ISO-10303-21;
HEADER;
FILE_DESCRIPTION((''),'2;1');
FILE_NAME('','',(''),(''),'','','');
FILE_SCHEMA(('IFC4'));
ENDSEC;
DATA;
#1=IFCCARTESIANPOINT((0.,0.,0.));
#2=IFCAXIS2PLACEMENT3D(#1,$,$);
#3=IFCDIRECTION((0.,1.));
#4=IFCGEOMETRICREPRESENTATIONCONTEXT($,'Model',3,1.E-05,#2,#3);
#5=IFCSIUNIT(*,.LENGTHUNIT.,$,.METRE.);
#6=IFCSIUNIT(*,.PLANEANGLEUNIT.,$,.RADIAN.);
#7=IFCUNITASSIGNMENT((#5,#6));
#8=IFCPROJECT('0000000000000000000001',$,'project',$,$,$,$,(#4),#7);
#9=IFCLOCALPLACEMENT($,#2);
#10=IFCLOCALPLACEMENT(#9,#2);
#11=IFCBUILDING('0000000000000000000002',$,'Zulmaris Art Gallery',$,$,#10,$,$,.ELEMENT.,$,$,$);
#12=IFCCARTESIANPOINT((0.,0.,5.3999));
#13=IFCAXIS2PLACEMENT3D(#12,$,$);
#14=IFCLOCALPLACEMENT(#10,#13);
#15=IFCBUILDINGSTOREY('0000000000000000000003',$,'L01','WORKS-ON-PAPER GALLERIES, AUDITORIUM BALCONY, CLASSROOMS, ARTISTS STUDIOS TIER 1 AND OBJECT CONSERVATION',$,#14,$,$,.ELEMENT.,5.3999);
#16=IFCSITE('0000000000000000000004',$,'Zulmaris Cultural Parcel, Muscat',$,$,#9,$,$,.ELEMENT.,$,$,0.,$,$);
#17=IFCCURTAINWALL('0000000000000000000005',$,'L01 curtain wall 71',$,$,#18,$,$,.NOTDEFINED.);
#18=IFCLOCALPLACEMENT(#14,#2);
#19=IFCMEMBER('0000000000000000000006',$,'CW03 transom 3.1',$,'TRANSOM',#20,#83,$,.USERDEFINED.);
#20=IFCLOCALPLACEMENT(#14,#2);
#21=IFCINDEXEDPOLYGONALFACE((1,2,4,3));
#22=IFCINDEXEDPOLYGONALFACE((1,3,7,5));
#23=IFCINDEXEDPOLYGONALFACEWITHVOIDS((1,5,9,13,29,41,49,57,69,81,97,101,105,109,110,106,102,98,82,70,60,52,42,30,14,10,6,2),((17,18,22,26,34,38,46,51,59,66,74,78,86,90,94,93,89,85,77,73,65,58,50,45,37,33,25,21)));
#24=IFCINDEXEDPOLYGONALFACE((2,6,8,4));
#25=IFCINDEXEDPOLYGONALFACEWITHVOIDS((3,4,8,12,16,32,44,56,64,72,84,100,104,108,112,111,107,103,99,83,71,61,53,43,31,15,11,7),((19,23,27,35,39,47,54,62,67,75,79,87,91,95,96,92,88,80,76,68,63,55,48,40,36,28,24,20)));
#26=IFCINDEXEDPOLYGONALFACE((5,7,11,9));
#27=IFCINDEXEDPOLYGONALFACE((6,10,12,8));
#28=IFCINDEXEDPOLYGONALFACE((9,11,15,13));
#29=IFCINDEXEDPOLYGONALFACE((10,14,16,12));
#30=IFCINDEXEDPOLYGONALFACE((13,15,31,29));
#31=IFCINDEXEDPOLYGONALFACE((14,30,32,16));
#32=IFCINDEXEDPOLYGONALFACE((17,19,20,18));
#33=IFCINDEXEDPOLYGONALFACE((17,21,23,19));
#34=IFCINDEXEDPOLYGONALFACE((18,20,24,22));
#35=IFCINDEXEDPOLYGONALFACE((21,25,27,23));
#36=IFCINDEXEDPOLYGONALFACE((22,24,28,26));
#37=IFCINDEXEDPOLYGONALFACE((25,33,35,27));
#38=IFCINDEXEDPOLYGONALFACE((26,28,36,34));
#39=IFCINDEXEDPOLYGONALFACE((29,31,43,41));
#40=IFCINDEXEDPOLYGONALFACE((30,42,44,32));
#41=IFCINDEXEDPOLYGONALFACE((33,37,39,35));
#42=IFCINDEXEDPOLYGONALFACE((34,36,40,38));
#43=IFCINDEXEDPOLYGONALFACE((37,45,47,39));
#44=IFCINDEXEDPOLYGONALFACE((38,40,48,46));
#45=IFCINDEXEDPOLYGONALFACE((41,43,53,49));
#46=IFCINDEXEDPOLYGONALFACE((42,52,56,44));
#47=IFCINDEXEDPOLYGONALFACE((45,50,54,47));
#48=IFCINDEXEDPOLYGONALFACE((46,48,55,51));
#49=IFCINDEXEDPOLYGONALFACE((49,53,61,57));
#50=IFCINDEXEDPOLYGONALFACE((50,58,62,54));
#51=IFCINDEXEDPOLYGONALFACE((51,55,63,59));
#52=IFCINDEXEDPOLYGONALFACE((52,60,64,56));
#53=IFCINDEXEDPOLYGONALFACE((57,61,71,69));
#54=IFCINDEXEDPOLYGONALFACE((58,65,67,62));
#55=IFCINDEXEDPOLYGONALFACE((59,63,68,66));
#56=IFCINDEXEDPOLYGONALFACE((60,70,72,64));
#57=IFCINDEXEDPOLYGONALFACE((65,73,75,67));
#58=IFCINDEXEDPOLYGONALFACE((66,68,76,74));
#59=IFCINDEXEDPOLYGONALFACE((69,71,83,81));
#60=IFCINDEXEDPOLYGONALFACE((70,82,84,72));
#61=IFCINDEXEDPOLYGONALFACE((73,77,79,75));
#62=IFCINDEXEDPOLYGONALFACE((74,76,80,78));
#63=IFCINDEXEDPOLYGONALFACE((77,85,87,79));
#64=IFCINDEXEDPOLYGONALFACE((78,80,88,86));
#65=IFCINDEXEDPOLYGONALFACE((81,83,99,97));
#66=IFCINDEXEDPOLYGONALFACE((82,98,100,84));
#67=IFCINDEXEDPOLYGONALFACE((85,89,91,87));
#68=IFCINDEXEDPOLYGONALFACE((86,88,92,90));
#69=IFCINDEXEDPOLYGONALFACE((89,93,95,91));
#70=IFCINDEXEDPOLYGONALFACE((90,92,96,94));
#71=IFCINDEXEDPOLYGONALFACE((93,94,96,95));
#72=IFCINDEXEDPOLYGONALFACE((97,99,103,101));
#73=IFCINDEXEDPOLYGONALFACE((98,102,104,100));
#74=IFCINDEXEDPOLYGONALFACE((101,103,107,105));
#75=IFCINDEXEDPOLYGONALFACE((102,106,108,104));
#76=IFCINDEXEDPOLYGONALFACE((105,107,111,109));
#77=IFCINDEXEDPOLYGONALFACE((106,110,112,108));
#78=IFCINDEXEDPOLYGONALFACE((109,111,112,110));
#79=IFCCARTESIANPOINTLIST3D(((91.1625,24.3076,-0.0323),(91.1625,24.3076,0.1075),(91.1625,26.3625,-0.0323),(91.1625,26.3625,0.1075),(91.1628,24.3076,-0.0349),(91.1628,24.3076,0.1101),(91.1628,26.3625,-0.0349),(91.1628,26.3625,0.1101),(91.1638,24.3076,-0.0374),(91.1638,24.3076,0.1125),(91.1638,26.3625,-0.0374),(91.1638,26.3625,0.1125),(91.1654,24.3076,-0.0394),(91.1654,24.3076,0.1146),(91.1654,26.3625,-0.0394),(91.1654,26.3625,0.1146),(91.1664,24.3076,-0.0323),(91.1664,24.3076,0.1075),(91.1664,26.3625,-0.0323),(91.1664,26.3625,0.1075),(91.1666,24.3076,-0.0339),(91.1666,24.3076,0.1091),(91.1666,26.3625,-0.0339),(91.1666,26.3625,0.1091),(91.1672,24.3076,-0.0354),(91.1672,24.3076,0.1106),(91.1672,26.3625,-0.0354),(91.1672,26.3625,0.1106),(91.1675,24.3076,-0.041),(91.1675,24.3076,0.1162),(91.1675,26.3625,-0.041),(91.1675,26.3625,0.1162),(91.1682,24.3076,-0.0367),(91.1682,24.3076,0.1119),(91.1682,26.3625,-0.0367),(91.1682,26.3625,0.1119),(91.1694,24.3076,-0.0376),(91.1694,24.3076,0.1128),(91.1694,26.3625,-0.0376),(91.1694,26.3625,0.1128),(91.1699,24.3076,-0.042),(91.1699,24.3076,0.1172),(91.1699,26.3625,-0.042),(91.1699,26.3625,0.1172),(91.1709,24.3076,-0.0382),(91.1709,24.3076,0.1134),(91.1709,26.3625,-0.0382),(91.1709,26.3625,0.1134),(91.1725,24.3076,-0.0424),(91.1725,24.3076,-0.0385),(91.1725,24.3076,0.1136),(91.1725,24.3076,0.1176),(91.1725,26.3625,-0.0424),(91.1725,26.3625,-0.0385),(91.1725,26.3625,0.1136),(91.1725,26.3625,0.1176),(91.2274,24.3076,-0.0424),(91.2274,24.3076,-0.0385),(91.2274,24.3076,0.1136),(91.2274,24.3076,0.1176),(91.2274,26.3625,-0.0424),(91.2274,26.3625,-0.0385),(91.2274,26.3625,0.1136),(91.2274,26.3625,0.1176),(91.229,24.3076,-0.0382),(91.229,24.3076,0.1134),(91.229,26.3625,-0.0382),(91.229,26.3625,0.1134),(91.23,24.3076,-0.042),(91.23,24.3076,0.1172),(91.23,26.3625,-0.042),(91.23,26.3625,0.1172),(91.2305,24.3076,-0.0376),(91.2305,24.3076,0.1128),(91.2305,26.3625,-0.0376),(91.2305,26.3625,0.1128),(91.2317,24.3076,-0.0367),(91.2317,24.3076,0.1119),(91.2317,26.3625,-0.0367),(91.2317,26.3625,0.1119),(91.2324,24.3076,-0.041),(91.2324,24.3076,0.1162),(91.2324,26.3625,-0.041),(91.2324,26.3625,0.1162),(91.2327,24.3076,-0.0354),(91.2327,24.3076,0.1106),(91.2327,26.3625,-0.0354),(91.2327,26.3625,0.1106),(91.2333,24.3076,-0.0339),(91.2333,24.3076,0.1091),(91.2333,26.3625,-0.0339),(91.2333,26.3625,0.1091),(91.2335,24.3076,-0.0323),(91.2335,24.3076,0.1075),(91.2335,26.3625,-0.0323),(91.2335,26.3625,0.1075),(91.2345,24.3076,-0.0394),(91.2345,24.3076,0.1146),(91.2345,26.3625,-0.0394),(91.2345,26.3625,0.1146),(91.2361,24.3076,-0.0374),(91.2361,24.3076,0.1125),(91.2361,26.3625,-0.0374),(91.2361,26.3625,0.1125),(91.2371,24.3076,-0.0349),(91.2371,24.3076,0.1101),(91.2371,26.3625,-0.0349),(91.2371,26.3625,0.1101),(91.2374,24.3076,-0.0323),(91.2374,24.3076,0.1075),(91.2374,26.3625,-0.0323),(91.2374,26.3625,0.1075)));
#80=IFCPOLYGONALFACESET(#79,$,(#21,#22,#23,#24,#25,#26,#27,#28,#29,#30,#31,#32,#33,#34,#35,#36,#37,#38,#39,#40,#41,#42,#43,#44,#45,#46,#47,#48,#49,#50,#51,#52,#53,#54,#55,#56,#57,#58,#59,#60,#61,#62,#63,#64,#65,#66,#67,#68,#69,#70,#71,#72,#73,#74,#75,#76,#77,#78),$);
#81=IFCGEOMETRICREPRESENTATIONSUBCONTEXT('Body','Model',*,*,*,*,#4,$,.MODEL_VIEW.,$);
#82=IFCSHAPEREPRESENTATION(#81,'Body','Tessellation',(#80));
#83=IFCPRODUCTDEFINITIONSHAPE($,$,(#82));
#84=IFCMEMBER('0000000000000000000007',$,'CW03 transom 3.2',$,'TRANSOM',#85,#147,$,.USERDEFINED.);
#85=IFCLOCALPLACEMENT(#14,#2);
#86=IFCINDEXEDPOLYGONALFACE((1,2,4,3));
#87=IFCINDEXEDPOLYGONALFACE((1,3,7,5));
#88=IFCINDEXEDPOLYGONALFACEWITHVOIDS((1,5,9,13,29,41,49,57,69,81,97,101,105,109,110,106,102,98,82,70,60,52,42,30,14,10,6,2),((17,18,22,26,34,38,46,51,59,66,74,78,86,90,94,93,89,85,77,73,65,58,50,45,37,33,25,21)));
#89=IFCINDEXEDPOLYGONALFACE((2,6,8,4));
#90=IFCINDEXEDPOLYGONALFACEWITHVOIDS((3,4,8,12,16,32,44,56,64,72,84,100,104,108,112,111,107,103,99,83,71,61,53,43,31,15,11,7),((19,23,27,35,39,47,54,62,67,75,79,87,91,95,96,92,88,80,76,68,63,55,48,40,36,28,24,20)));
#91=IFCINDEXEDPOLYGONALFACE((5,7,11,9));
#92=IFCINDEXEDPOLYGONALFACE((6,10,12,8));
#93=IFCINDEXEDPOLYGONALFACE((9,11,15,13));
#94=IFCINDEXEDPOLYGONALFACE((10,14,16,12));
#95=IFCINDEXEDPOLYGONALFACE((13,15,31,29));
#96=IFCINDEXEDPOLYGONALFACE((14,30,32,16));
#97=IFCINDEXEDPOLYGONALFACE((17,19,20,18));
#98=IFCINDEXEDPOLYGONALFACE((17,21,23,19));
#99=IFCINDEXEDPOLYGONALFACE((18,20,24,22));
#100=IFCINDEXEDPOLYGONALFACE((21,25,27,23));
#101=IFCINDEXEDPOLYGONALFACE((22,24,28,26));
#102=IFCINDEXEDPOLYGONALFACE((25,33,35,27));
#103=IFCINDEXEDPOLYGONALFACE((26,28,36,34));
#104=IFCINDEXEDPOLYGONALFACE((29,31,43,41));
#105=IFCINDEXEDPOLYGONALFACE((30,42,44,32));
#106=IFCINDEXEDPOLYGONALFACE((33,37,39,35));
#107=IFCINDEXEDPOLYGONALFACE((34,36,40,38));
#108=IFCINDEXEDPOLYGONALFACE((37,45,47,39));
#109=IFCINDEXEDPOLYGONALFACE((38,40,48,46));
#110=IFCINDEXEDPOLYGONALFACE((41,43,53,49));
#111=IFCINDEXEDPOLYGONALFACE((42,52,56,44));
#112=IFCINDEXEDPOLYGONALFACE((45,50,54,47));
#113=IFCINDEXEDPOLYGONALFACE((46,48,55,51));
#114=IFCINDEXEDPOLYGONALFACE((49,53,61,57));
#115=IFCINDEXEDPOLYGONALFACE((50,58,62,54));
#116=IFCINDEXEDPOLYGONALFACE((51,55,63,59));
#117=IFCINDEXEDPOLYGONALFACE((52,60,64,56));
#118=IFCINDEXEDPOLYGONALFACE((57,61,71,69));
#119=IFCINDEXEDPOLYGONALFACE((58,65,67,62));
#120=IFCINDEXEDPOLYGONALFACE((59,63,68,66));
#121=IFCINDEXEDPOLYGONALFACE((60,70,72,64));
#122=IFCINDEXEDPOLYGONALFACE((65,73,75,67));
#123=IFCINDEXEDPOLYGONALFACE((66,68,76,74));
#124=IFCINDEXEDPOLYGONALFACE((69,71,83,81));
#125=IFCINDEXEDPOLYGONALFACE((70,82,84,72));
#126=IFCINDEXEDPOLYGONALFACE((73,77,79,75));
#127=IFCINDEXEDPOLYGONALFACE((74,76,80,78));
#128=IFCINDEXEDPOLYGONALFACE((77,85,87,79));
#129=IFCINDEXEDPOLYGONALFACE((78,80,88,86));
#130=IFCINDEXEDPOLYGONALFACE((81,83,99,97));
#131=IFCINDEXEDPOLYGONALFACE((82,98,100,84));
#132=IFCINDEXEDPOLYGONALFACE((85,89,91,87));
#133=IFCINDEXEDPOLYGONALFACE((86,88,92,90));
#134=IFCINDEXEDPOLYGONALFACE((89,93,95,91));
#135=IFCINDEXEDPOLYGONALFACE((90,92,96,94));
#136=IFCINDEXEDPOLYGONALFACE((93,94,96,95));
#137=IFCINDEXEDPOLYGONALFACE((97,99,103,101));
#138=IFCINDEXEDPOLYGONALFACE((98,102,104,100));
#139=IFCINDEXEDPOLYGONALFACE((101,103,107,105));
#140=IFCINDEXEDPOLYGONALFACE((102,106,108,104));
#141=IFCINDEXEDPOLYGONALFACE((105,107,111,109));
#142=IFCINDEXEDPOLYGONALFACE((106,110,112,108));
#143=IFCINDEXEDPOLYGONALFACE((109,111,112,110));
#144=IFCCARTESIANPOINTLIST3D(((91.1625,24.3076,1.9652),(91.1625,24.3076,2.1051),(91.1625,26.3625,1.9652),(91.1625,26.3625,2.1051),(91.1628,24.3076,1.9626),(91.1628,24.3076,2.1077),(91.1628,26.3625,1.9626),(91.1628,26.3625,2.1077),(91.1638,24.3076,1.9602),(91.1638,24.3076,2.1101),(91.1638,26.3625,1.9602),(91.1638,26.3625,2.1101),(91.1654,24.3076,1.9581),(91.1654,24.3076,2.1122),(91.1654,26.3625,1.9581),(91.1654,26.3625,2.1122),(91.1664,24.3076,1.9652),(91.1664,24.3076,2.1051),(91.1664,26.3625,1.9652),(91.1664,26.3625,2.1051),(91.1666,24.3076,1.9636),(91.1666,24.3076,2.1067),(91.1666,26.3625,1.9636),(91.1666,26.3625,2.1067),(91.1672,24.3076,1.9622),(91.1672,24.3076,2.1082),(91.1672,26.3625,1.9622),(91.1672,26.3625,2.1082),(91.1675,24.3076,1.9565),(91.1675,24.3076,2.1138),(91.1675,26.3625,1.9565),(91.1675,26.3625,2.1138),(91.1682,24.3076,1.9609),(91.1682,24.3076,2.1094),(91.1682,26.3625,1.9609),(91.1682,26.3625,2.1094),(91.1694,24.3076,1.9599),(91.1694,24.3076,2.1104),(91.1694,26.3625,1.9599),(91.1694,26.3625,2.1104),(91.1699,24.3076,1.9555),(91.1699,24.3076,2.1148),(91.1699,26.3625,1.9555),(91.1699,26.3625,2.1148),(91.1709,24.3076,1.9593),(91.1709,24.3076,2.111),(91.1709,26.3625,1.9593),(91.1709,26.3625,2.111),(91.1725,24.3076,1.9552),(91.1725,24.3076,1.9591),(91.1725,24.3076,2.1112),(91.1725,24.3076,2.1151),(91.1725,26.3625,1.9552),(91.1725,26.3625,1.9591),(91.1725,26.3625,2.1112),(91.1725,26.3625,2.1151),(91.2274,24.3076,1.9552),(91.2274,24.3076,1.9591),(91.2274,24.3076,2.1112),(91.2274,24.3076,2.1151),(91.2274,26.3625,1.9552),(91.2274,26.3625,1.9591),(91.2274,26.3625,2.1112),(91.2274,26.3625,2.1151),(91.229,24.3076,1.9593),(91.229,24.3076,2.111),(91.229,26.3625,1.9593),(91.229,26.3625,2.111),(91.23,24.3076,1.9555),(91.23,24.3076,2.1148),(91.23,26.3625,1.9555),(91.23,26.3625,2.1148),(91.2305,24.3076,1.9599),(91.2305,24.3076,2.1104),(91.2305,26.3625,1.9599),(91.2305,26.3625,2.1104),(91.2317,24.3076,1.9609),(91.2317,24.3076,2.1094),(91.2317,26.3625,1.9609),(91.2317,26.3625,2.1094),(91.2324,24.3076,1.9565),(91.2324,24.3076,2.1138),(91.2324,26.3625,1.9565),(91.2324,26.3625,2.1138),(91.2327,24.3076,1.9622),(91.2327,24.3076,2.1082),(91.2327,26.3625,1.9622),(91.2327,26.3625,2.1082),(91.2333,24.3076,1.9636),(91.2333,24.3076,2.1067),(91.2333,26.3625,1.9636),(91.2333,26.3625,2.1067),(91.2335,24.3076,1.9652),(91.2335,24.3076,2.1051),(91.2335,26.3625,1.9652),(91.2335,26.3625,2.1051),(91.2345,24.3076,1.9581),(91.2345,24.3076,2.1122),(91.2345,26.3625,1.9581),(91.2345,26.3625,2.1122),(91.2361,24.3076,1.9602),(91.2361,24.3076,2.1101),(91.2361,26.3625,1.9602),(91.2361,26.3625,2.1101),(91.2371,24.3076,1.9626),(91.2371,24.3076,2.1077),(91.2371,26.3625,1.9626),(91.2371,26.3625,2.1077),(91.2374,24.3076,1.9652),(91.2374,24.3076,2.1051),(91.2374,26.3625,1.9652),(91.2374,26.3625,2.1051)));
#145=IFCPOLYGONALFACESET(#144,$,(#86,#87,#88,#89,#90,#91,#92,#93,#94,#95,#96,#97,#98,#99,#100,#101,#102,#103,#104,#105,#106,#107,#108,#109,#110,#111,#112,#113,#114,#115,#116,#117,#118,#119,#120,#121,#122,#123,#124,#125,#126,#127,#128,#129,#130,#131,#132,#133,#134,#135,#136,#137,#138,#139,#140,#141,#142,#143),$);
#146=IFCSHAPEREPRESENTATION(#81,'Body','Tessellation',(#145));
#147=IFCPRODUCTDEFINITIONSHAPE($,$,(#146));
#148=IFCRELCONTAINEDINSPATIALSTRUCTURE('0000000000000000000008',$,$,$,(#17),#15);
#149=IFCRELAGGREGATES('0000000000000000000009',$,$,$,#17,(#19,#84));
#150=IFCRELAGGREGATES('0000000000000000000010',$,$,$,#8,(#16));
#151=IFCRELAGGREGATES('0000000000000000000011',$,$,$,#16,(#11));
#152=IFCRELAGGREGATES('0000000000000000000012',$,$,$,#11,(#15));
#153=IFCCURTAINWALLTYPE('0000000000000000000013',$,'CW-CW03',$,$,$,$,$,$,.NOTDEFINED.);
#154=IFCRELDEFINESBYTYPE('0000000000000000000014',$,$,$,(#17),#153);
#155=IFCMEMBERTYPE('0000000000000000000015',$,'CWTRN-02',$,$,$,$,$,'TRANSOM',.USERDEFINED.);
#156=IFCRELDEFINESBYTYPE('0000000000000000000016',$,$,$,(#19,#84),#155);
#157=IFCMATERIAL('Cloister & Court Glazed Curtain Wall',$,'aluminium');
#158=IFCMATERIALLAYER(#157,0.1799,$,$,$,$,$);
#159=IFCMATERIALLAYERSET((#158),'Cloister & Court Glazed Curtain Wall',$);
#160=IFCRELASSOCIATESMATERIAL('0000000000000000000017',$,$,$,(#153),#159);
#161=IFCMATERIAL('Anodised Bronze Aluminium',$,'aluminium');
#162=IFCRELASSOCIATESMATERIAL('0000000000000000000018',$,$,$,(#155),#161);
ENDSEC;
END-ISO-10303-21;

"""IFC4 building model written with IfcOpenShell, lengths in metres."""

from ifc_helpers import new_model, si_unit, direction, frame, origin, origin_2d, place, context, subcontext, project, spatial, hollow_rectangle, extrude, material, layer, layer_set, material_profile, profile_set, type_object, element, aggregate, save


model = new_model("IFC4")

# Units and contexts
model_context = context("Model", 3, precision=1e-05, world=origin(), true_north=direction((0.0, 1.0)))
body_context = subcontext(model_context, "Body", "Model", "MODEL_VIEW")
ifc_project = project(units=[si_unit("LENGTHUNIT", "METRE"), si_unit("PLANEANGLEUNIT", "RADIAN")], contexts=[model_context])

# Site, building, storey
site_placement = place(None, origin())
site = spatial("IfcSite", under=ifc_project, at=site_placement, Name="Zulmaris Cultural Parcel, Muscat", CompositionType="ELEMENT", RefElevation=0.0)
building_placement = place(site_placement, origin())
building = spatial("IfcBuilding", under=site, at=building_placement, Name="Zulmaris Art Gallery", CompositionType="ELEMENT")
storey_placement = place(building_placement, frame((0.0, 0.0, 5.3999)))
storey = spatial("IfcBuildingStorey", under=building, at=storey_placement, Name="L01", Description="WORKS-ON-PAPER GALLERIES, AUDITORIUM BALCONY, CLASSROOMS, ARTISTS STUDIOS TIER 1 AND OBJECT CONSERVATION", CompositionType="ELEMENT", Elevation=5.3999)

# Curtain wall, members
ifc_material_1 = material(Name="Cloister & Court Glazed Curtain Wall", Category="aluminium")
ifc_layer_1 = layer(ifc_material_1, 0.1799)
ifc_layer_set_1 = layer_set([ifc_layer_1], Name="Cloister & Court Glazed Curtain Wall")
curtain_wall_type = type_object("IfcCurtainWallType", Name="CW-CW03", PredefinedType="NOTDEFINED", material=ifc_layer_set_1)
curtain_wall_placement = place(storey_placement, origin())
curtain_wall = element("IfcCurtainWall", 1, at=curtain_wall_placement, inside=storey, type_object=curtain_wall_type, Name="L01 curtain wall 71", PredefinedType="NOTDEFINED")
ifc_material_2 = material(Name="Anodised Bronze Aluminium", Category="aluminium")
ifc_material_profile_1 = material_profile(ifc_material_2, hollow_rectangle(XDim=0.075, YDim=0.1599, WallThickness=0.0039, InnerFilletRadius=0.0061, OuterFilletRadius=0.01, at=origin_2d()), Name="ALU 75x160x4")
ifc_profile_set_1 = profile_set([ifc_material_profile_1], Name="Anodised Bronze Aluminium")
member_type_1 = type_object("IfcMemberType", Name="CWTRN-02", ElementType="TRANSOM", PredefinedType="USERDEFINED", material=ifc_profile_set_1)
member_1_placement = place(storey_placement, frame((91.2, 26.3625, 0.0376), z_axis=(0.0, -1.0, 0.0), x_axis=(1.0, 0.0, 0.0)))
member_1 = element("IfcMember", 2, at=member_1_placement, type_object=member_type_1, Name="CW03 transom 3.1", ObjectType="TRANSOM", PredefinedType="USERDEFINED", context=body_context, shape_type="SweptSolid", body=[
    extrude(hollow_rectangle(XDim=0.075, YDim=0.1599, WallThickness=0.0039, InnerFilletRadius=0.0061, OuterFilletRadius=0.01, at=origin_2d()), origin(), (0.0, 0.0, 1.0), 2.0549),
])
member_2_placement = place(storey_placement, frame((91.2, 26.3625, 2.0352), z_axis=(0.0, -1.0, 0.0), x_axis=(1.0, 0.0, 0.0)))
member_2 = element("IfcMember", 3, at=member_2_placement, type_object=member_type_1, Name="CW03 transom 3.2", ObjectType="TRANSOM", PredefinedType="USERDEFINED", context=body_context, shape_type="SweptSolid", body=[
    extrude(hollow_rectangle(XDim=0.075, YDim=0.1599, WallThickness=0.0039, InnerFilletRadius=0.0061, OuterFilletRadius=0.01, at=origin_2d()), origin(), (0.0, 0.0, 1.0), 2.0549),
])
aggregate(curtain_wall, [member_1, member_2])

save(model, "model.ifc")
